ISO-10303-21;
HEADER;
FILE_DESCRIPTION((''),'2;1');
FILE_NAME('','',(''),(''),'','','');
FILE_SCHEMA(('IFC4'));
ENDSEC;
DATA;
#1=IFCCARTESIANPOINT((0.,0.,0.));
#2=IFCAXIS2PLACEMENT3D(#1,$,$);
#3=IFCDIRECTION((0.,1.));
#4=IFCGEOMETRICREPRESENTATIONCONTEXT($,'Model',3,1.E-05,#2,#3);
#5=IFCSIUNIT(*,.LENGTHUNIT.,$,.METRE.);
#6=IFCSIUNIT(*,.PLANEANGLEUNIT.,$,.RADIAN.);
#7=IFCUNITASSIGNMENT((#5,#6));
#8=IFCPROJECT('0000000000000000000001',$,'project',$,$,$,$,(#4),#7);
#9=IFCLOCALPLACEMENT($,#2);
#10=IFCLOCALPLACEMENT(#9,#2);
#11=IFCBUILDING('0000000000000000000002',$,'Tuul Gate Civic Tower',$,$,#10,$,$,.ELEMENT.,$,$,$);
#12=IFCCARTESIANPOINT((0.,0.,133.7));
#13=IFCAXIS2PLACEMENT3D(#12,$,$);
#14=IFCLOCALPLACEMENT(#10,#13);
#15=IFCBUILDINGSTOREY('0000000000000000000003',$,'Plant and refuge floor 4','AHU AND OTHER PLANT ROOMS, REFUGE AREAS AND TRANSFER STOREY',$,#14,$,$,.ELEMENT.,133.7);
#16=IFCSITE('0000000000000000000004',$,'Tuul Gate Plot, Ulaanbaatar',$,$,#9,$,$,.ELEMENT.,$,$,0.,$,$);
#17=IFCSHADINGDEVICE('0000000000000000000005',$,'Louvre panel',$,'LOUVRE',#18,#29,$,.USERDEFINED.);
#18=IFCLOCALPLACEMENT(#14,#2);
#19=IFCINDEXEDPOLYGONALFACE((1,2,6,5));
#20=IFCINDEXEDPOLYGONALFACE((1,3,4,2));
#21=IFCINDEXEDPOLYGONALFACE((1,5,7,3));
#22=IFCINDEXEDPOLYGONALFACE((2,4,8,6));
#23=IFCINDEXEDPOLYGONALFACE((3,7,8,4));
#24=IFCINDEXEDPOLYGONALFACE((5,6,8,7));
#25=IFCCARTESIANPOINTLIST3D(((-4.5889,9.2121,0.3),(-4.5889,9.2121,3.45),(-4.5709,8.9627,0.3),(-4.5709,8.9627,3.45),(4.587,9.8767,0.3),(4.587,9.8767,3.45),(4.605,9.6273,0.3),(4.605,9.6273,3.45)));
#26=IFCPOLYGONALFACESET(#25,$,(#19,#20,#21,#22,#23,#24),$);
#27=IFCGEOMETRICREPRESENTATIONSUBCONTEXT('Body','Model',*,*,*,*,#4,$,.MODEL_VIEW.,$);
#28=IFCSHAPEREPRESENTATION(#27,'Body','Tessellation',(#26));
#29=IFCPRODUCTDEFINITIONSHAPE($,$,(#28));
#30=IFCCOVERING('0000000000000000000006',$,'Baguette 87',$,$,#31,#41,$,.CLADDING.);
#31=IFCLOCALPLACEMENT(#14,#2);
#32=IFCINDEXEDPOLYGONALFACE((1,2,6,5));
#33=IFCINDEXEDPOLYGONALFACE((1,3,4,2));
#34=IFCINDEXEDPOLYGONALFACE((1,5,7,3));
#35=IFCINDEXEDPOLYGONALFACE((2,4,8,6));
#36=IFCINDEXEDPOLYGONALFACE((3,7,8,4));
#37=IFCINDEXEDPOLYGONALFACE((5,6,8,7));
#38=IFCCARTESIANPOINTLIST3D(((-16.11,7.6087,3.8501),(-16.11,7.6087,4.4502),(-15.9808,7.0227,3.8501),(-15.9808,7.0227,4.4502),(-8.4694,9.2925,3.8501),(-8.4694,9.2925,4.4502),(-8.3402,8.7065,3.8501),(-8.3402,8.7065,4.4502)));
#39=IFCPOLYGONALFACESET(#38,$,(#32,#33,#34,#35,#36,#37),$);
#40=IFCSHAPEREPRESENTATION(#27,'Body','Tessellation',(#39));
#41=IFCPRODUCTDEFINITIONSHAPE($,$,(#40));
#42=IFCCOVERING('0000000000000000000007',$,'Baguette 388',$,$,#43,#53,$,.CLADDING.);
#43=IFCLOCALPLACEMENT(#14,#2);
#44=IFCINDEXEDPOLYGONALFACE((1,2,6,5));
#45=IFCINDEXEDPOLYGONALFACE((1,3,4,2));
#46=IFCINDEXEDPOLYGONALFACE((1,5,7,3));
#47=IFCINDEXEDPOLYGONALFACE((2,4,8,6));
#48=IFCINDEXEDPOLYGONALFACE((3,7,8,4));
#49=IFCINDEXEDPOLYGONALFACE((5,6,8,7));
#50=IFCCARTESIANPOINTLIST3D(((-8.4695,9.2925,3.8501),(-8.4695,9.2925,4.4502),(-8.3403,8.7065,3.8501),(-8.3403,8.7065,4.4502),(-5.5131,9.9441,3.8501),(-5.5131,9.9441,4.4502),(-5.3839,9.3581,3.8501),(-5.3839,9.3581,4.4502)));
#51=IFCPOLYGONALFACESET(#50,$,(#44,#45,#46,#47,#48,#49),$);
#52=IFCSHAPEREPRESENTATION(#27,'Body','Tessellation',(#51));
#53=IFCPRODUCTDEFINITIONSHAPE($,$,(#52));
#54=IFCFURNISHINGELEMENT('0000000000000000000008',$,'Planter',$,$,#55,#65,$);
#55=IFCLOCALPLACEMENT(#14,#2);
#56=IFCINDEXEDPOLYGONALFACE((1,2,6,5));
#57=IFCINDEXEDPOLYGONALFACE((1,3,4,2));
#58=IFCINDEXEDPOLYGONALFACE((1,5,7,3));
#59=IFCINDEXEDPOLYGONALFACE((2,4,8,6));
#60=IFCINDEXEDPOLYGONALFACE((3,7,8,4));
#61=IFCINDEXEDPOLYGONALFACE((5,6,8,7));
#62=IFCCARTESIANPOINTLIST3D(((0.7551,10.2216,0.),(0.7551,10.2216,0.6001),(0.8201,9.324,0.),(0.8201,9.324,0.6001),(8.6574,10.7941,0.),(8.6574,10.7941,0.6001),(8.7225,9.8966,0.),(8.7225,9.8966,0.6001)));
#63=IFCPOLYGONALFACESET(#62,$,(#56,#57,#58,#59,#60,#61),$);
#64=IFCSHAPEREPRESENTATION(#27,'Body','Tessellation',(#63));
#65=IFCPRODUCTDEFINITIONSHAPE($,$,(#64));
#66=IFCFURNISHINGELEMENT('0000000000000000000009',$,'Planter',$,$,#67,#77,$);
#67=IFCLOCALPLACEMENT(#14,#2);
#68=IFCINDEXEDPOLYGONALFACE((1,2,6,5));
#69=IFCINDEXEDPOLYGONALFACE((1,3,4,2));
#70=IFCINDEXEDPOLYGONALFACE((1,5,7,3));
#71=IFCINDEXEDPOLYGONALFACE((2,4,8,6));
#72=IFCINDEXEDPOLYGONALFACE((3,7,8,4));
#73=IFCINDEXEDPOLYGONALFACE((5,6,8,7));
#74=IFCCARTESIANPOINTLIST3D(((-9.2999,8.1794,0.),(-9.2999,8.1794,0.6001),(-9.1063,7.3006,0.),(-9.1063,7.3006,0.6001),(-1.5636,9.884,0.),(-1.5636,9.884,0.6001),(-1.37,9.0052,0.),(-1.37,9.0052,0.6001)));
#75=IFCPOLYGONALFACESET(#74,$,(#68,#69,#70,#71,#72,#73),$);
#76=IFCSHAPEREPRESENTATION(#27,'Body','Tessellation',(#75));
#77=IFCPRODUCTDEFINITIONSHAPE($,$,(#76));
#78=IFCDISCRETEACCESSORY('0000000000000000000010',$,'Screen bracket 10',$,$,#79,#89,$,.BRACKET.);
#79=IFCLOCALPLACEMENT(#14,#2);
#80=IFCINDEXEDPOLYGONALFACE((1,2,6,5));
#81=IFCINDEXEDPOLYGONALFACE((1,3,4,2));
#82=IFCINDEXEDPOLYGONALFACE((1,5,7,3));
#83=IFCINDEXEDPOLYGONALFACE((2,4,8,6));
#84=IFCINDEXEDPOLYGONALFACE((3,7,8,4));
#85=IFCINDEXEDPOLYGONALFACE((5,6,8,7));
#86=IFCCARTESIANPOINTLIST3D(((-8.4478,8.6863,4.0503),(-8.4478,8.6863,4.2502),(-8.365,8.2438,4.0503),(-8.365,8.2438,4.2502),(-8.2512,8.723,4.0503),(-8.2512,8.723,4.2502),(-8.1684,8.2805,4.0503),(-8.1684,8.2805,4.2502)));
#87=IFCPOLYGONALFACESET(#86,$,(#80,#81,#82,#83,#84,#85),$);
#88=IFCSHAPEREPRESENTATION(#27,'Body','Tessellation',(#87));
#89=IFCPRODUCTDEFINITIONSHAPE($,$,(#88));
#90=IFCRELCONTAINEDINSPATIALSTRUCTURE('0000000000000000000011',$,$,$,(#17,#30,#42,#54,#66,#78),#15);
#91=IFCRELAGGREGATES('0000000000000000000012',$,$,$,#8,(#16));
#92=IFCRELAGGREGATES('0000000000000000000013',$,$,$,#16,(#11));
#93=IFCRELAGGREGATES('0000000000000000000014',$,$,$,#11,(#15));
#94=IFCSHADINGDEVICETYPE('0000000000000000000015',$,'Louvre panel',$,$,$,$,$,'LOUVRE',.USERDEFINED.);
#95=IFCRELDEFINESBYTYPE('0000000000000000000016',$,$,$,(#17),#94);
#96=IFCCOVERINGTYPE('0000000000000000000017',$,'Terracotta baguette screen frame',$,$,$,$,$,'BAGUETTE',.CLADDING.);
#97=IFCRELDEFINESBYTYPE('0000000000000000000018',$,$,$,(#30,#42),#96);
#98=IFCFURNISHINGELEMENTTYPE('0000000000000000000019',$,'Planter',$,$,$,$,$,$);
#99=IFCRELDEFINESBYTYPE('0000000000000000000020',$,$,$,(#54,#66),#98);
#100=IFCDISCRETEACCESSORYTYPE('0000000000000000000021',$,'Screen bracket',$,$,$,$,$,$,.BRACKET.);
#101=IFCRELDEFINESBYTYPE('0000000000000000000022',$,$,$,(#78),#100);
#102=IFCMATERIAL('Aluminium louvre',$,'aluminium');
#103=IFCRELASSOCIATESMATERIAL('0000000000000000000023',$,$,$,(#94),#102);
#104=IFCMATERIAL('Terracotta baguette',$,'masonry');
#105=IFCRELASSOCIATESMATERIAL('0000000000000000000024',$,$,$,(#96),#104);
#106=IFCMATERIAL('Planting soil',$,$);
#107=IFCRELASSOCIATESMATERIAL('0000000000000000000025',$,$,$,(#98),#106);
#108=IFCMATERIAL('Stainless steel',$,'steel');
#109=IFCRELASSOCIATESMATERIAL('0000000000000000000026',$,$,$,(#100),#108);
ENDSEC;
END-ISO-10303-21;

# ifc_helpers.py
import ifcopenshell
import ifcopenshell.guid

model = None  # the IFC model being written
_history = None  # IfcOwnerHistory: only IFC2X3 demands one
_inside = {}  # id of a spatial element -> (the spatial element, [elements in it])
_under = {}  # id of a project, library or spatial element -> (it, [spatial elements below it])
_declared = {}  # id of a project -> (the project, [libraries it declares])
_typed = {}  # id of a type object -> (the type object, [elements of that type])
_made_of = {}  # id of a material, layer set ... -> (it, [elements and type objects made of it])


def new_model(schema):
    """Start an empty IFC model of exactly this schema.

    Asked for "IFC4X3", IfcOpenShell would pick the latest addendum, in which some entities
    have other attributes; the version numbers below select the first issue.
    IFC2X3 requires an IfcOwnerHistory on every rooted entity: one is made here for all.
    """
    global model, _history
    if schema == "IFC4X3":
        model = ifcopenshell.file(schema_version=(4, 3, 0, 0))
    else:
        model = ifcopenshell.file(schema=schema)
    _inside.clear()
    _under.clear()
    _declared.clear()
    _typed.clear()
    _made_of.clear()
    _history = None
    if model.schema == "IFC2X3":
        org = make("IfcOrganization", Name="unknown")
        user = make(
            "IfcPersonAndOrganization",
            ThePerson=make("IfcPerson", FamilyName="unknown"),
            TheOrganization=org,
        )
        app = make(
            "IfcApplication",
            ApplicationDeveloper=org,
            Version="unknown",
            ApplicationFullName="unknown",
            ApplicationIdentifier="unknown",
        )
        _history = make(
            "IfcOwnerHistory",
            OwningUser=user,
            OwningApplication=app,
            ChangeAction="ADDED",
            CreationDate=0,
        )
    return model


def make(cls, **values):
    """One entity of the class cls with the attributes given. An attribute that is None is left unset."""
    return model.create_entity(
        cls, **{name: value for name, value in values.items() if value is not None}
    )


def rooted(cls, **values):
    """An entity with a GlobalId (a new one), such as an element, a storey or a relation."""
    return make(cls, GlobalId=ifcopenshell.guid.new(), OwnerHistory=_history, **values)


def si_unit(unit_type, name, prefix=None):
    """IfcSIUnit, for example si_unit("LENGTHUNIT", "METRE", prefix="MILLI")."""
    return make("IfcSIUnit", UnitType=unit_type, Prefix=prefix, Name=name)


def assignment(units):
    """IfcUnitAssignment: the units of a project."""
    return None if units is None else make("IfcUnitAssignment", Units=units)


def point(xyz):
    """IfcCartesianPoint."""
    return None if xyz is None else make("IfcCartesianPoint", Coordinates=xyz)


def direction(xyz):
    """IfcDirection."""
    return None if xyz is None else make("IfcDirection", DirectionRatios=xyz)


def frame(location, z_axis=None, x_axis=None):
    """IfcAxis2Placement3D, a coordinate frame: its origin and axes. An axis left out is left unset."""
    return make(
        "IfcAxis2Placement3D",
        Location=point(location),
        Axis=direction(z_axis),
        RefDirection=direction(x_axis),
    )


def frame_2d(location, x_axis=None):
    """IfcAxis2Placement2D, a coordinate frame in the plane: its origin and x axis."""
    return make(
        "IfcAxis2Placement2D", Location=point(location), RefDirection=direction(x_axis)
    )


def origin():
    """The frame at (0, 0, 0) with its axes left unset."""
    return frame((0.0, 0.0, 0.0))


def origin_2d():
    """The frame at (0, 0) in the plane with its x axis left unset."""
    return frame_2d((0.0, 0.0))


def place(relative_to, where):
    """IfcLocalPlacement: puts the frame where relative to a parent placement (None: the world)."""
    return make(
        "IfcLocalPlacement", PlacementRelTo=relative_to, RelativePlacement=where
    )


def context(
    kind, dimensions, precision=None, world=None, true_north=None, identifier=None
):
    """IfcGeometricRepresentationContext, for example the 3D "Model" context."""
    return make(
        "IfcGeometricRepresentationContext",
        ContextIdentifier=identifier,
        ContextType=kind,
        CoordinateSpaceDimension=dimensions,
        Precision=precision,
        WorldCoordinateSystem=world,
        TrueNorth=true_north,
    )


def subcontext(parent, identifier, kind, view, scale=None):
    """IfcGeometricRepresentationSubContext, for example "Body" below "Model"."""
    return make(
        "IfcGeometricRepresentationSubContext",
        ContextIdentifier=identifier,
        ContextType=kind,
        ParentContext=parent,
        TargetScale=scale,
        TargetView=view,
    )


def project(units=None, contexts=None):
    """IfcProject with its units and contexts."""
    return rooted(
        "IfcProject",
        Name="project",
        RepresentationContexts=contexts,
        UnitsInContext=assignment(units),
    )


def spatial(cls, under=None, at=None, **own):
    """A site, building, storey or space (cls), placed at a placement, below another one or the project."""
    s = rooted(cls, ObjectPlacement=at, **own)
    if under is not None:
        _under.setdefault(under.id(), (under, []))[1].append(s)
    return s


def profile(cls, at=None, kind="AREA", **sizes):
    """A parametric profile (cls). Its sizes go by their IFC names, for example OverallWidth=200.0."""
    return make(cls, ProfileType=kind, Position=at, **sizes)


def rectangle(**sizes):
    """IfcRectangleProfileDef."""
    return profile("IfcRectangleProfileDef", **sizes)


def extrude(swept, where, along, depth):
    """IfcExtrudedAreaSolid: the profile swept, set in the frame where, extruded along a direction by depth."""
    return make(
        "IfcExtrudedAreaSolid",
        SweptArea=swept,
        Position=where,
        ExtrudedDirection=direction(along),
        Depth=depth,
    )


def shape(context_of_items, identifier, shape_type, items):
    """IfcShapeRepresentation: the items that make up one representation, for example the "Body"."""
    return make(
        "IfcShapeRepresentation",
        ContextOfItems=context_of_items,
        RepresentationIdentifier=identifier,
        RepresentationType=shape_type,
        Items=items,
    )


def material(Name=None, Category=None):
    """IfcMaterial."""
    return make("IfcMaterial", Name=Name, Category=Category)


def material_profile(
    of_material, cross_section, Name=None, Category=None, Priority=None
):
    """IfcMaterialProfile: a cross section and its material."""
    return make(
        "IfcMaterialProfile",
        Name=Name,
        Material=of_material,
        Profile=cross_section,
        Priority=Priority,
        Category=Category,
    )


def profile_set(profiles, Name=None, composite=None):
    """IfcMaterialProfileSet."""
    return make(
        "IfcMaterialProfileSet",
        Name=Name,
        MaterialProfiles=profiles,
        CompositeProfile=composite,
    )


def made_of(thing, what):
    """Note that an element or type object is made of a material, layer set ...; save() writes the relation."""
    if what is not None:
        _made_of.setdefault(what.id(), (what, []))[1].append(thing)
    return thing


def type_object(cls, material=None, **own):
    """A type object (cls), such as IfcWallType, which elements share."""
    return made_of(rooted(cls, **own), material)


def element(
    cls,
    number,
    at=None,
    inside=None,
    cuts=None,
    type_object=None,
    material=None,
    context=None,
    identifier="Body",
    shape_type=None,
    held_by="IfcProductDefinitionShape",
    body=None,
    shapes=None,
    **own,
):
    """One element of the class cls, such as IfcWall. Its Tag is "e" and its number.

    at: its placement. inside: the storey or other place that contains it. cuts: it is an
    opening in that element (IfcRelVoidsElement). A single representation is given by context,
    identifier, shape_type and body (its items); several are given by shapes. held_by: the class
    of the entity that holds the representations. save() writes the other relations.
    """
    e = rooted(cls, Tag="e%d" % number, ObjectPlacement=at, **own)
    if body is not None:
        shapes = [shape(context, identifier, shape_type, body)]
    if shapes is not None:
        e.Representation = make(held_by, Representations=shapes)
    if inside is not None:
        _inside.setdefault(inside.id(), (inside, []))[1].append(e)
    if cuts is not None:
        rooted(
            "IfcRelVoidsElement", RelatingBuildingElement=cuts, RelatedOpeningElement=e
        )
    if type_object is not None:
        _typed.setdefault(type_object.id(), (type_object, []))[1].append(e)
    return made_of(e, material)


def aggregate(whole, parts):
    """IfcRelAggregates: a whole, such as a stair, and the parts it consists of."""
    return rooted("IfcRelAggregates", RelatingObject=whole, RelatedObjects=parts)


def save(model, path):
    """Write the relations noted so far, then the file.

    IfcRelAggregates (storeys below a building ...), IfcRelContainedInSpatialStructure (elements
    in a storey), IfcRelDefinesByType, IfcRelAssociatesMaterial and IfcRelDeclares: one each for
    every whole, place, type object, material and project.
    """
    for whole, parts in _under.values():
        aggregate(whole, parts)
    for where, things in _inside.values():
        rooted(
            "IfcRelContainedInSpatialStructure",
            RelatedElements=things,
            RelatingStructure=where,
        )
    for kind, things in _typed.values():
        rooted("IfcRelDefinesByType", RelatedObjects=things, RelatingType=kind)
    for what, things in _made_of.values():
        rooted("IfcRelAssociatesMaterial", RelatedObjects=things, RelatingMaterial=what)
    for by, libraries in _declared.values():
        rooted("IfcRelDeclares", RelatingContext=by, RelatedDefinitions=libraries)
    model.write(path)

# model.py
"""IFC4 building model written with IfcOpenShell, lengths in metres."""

from ifc_helpers import new_model, si_unit, direction, frame, origin, origin_2d, place, context, subcontext, project, spatial, rectangle, extrude, material, material_profile, profile_set, type_object, element, save


model = new_model("IFC4")

# Units and contexts
model_context = context("Model", 3, precision=1e-05, world=origin(), true_north=direction((0.0, 1.0)))
body_context = subcontext(model_context, "Body", "Model", "MODEL_VIEW")
ifc_project = project(units=[si_unit("LENGTHUNIT", "METRE"), si_unit("PLANEANGLEUNIT", "RADIAN")], contexts=[model_context])

# Site, building, storey
site_placement = place(None, origin())
site = spatial("IfcSite", under=ifc_project, at=site_placement, Name="Tuul Gate Plot, Ulaanbaatar", CompositionType="ELEMENT", RefElevation=0.0)
building_placement = place(site_placement, origin())
building = spatial("IfcBuilding", under=site, at=building_placement, Name="Tuul Gate Civic Tower", CompositionType="ELEMENT")
storey_placement = place(building_placement, frame((0.0, 0.0, 133.7)))
storey = spatial("IfcBuildingStorey", under=building, at=storey_placement, Name="Plant and refuge floor 4", Description="AHU AND OTHER PLANT ROOMS, REFUGE AREAS AND TRANSFER STOREY", CompositionType="ELEMENT", Elevation=133.7)

# Shading device
ifc_material_1 = material(Name="Aluminium louvre", Category="aluminium")
shading_device_type = type_object("IfcShadingDeviceType", Name="Louvre panel", ElementType="LOUVRE", PredefinedType="USERDEFINED", material=ifc_material_1)
shading_device_placement = place(storey_placement, frame((0.0081, 9.4197, 0.3), z_axis=(0.0, 0.0, 1.0), x_axis=(-0.072239, 0.997387, 0.0)))
element("IfcShadingDevice", 1, at=shading_device_placement, inside=storey, type_object=shading_device_type, Name="Louvre panel", ObjectType="LOUVRE", PredefinedType="USERDEFINED", context=body_context, shape_type="SweptSolid", body=[
    extrude(rectangle(XDim=0.25, YDim=9.2, at=origin_2d()), origin(), (0.0, 0.0, 1.0), 3.1499),
])

# Coverings
ifc_material_2 = material(Name="Terracotta baguette", Category="masonry")
ifc_material_profile_1 = material_profile(ifc_material_2, rectangle(XDim=0.6001, YDim=0.6001, at=origin_2d()), Name="Terracotta baguette screen frame")
ifc_profile_set_1 = profile_set([ifc_material_profile_1], Name="Terracotta baguette")
covering_type = type_object("IfcCoveringType", Name="Terracotta baguette screen frame", ElementType="BAGUETTE", PredefinedType="CLADDING", material=ifc_profile_set_1)
covering_1_placement = place(storey_placement, frame((-8.4048, 8.9995, 4.1501), z_axis=(-0.976567, -0.215215, 0.0), x_axis=(0.215215, -0.976567, 0.0)))
element("IfcCovering", 2, at=covering_1_placement, inside=storey, type_object=covering_type, Name="Baguette 87", PredefinedType="CLADDING", context=body_context, shape_type="SweptSolid", body=[
    extrude(rectangle(XDim=0.6001, YDim=0.6001, at=origin_2d()), origin(), (0.0, 0.0, 1.0), 7.824),
])
covering_2_placement = place(storey_placement, frame((-5.4485, 9.6511, 4.1501), z_axis=(-0.976559, -0.215248, 0.0), x_axis=(0.215248, -0.976559, 0.0)))
element("IfcCovering", 3, at=covering_2_placement, inside=storey, type_object=covering_type, Name="Baguette 388", PredefinedType="CLADDING", context=body_context, shape_type="SweptSolid", body=[
    extrude(rectangle(XDim=0.6001, YDim=0.6001, at=origin_2d()), origin(), (0.0, 0.0, 1.0), 3.0273),
])

# Furnishing elements
ifc_material_3 = material(Name="Planting soil")
furnishing_element_type = type_object("IfcFurnishingElementType", Name="Planter", material=ifc_material_3)
furnishing_1_placement = place(storey_placement, frame((4.7388, 10.0591, 0.0), z_axis=(0.0, 0.0, 1.0), x_axis=(-0.997385, -0.072266, 0.0)))
element("IfcFurnishingElement", 4, at=furnishing_1_placement, inside=storey, type_object=furnishing_element_type, Name="Planter", context=body_context, shape_type="SweptSolid", body=[
    extrude(rectangle(XDim=7.9231, YDim=0.8999, at=origin_2d()), origin(), (0.0, 0.0, 1.0), 0.6001),
])
furnishing_2_placement = place(storey_placement, frame((-5.335, 8.5923, 0.0), z_axis=(0.0, 0.0, 1.0), x_axis=(-0.976575, -0.215176, 0.0)))
element("IfcFurnishingElement", 5, at=furnishing_2_placement, inside=storey, type_object=furnishing_element_type, Name="Planter", context=body_context, shape_type="SweptSolid", body=[
    extrude(rectangle(XDim=7.9219, YDim=0.8999, at=origin_2d()), origin(), (0.0, 0.0, 1.0), 0.6001),
])

# Discrete accessory
ifc_material_4 = material(Name="Stainless steel", Category="steel")
discrete_accessory_type = type_object("IfcDiscreteAccessoryType", Name="Screen bracket", PredefinedType="BRACKET", material=ifc_material_4)
discrete_accessory_placement = place(storey_placement, frame((-8.3081, 8.4834, 4.0503), z_axis=(0.0, 0.0, 1.0), x_axis=(-0.183859, 0.982953, 0.0)))
element("IfcDiscreteAccessory", 6, at=discrete_accessory_placement, inside=storey, type_object=discrete_accessory_type, Name="Screen bracket 10", PredefinedType="BRACKET", context=body_context, shape_type="SweptSolid", body=[
    extrude(rectangle(XDim=0.4502, YDim=0.2, at=origin_2d()), origin(), (0.0, 0.0, 1.0), 0.2),
])

save(model, "model.ifc")
